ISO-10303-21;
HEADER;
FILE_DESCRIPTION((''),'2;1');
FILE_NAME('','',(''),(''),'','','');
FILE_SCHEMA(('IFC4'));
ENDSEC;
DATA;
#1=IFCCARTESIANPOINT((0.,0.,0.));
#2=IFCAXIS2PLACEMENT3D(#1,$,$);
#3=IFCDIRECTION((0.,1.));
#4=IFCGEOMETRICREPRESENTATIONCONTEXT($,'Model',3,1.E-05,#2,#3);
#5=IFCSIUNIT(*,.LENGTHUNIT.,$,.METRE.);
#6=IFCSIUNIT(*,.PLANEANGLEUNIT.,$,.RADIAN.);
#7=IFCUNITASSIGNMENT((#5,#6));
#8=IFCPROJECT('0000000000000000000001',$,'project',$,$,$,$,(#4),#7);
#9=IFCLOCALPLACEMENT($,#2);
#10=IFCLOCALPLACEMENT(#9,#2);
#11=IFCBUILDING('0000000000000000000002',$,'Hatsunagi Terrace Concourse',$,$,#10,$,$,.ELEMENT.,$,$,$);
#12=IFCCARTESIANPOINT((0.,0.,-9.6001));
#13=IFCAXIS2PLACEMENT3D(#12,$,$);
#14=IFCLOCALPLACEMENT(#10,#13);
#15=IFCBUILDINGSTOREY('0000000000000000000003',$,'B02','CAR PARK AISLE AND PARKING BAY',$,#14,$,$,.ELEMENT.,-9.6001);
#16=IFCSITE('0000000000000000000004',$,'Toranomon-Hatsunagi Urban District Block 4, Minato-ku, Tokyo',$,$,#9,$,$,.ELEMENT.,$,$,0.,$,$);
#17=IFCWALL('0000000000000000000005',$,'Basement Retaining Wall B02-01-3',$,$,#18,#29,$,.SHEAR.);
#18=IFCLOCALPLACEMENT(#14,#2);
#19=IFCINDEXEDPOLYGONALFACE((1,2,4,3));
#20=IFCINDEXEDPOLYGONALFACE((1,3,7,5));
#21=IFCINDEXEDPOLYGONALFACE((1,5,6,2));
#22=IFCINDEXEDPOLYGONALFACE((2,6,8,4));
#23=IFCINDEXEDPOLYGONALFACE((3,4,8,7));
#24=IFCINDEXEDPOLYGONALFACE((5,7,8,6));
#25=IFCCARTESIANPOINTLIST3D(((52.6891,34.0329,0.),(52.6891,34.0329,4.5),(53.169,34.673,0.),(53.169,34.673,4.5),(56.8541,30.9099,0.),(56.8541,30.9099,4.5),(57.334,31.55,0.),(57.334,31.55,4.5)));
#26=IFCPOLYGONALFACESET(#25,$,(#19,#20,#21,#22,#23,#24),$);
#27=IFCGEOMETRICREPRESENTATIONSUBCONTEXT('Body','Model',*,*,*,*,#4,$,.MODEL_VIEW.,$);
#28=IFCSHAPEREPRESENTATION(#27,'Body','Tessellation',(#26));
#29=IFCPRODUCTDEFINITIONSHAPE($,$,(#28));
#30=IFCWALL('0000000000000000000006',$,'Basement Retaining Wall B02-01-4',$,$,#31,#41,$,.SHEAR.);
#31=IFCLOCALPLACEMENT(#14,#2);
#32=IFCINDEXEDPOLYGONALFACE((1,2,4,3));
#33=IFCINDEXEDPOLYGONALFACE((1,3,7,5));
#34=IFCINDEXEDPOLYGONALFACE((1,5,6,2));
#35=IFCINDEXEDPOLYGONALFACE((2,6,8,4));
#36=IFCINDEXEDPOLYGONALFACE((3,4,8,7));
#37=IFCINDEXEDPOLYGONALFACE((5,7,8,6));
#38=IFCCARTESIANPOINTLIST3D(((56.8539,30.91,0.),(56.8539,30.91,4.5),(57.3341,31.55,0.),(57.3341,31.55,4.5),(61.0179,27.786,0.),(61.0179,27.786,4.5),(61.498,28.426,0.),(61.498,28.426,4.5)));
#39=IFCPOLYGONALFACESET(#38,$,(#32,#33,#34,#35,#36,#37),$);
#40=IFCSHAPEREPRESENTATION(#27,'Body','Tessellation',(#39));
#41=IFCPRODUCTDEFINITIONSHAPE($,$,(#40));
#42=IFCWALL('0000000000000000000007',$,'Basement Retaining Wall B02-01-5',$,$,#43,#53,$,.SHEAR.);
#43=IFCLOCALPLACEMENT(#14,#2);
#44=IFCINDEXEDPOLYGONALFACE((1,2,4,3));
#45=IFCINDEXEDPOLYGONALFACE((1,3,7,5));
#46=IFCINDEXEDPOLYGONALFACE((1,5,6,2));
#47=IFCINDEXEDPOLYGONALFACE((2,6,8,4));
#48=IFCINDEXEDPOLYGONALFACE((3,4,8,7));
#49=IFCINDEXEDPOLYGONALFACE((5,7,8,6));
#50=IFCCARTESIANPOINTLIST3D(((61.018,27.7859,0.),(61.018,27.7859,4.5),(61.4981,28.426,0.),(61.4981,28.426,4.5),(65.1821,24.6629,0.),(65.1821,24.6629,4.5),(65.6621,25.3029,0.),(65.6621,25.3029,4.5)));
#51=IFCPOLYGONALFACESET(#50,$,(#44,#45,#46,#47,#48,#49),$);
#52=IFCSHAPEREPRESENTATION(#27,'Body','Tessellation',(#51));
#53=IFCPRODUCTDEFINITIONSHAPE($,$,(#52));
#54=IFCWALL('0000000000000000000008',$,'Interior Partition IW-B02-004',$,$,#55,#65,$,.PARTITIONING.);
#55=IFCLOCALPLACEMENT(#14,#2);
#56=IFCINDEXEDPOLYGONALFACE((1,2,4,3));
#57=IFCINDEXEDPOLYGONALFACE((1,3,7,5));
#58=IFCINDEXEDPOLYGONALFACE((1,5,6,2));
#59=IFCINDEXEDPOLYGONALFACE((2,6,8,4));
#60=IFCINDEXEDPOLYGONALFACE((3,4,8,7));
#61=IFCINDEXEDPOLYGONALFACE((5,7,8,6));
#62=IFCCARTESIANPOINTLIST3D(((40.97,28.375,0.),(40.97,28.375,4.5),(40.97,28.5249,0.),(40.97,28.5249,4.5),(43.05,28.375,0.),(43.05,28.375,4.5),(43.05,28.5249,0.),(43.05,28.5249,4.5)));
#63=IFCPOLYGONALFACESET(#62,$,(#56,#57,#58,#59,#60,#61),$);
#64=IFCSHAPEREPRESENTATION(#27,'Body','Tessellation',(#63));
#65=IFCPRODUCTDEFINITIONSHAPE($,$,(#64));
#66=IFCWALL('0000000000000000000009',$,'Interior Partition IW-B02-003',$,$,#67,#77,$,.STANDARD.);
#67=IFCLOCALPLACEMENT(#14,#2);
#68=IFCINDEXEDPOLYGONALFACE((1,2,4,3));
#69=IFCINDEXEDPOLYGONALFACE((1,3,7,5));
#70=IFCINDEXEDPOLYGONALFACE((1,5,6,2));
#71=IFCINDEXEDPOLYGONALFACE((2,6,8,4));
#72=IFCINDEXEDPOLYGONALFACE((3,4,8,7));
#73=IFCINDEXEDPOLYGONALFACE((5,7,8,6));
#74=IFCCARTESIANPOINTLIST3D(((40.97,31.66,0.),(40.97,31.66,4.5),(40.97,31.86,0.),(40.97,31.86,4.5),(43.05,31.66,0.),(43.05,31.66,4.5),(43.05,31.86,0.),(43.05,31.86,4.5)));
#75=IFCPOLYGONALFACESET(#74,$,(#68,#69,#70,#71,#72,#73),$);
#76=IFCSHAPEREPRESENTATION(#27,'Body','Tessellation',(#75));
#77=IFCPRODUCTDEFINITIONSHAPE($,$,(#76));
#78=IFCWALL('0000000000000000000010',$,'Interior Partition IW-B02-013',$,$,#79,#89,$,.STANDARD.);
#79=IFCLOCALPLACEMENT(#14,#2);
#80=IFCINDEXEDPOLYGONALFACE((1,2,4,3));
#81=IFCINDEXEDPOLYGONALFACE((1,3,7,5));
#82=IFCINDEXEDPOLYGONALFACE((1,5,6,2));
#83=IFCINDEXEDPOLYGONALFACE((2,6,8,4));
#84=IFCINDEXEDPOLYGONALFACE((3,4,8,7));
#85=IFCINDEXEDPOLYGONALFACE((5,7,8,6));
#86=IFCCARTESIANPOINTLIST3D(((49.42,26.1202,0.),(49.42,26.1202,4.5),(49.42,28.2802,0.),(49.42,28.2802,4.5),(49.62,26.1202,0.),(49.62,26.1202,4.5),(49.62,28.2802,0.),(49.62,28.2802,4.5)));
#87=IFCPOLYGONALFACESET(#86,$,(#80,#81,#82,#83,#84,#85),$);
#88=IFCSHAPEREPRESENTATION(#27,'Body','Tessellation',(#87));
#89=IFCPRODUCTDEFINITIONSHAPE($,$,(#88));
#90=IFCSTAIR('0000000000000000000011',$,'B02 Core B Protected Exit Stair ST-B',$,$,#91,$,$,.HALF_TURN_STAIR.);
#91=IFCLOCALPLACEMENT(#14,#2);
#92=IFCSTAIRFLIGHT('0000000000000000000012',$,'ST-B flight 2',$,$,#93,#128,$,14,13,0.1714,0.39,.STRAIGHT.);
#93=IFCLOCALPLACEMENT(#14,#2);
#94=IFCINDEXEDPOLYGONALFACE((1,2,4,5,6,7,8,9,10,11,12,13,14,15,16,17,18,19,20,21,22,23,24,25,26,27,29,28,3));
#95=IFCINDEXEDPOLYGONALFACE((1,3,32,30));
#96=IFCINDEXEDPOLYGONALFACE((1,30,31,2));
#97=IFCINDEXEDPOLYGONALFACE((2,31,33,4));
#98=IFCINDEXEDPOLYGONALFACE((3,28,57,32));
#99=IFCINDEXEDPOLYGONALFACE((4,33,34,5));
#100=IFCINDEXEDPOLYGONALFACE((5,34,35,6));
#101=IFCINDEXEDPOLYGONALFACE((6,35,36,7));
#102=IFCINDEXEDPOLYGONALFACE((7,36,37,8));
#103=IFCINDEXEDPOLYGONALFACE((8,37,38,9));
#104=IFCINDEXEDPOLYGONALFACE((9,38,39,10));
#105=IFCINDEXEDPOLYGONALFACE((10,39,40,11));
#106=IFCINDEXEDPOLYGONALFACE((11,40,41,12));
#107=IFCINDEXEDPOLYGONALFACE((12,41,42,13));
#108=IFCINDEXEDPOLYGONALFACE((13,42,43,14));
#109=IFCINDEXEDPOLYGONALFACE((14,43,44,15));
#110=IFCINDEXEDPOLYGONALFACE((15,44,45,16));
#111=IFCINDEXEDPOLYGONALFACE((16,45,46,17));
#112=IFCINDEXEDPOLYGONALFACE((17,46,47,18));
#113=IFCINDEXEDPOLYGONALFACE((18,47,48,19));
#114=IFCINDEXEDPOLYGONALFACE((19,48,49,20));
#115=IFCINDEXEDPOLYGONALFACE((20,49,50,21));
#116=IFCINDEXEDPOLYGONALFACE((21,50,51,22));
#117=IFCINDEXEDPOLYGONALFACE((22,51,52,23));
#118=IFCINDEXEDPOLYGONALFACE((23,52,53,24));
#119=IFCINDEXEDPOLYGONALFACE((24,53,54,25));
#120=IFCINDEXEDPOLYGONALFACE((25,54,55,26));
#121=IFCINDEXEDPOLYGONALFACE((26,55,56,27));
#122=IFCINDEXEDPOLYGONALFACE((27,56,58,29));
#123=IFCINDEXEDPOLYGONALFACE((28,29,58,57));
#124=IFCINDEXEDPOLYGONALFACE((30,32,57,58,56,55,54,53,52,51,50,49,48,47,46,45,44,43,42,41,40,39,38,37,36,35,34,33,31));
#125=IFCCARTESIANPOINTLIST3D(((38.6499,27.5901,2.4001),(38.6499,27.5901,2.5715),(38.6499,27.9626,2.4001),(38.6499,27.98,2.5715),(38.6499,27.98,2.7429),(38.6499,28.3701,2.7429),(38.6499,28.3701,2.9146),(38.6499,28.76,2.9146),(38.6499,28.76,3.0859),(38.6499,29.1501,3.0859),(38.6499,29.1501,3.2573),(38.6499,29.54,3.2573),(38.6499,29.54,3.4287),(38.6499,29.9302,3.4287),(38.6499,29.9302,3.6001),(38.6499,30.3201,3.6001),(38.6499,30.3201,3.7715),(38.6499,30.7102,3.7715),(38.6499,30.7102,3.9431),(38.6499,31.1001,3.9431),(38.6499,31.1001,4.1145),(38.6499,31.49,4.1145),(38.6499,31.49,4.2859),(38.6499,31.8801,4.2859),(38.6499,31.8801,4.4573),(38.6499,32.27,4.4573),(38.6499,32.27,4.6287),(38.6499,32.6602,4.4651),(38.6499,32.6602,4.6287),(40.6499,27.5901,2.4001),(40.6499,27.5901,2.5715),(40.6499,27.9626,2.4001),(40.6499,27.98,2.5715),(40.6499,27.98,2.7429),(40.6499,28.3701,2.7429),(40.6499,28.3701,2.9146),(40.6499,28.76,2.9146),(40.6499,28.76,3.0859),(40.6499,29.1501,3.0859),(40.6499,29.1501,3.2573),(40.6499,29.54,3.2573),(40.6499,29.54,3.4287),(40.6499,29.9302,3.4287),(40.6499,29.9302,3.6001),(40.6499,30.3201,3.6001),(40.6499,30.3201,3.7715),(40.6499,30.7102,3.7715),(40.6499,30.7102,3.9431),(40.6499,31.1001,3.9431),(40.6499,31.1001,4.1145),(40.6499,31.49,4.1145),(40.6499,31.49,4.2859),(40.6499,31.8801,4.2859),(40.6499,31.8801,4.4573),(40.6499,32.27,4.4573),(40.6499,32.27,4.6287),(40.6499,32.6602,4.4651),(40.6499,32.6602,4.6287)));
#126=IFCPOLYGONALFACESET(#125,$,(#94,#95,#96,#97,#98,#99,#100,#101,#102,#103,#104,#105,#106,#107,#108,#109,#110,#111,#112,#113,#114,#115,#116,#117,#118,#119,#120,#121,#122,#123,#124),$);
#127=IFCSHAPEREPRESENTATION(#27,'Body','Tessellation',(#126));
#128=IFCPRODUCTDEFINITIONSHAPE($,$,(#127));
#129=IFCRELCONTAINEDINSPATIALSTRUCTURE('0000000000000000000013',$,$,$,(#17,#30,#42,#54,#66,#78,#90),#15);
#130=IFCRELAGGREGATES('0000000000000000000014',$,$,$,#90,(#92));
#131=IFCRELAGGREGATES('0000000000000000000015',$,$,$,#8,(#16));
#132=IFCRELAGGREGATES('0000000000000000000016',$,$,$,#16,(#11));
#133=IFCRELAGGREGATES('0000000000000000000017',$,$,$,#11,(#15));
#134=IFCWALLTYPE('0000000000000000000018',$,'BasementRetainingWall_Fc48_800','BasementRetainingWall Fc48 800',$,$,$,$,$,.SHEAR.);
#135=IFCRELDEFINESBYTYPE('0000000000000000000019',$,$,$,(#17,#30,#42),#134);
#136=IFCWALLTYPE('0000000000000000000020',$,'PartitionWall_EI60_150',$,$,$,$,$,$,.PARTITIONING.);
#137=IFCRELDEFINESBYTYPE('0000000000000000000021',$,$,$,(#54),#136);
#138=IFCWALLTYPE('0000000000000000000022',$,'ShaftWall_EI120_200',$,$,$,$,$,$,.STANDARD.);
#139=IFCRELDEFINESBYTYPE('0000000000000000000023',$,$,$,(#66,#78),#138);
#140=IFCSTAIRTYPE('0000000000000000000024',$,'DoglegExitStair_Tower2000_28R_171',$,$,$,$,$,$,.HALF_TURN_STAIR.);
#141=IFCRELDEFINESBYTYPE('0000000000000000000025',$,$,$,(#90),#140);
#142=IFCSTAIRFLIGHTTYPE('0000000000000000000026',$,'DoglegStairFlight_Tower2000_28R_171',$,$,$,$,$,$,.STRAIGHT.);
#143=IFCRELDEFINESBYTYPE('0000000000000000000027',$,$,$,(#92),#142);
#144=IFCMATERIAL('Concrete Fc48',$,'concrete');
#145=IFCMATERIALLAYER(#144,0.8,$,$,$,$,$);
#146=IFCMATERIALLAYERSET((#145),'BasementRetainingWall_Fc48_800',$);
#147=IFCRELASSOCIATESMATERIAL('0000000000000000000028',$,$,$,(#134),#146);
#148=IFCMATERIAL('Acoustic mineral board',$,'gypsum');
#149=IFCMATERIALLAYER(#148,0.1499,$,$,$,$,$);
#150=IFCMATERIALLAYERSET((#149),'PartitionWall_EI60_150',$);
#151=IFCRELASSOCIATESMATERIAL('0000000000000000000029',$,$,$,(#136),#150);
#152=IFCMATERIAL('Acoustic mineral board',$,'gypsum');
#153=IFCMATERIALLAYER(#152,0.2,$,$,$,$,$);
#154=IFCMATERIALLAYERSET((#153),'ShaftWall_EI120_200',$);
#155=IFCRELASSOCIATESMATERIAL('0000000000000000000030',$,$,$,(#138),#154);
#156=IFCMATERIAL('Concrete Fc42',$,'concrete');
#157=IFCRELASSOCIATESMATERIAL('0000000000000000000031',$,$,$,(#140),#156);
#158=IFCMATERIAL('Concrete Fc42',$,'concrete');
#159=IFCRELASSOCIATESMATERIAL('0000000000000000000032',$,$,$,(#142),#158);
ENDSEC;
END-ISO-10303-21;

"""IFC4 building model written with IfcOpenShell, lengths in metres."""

from ifc_helpers import new_model, si_unit, direction, frame, frame_2d, origin, place, context, subcontext, project, spatial, polyline, rectangle, outline, extrude, material, layer, layer_set, type_object, element, aggregate, save


model = new_model("IFC4")

# Units and contexts
model_context = context("Model", 3, precision=1e-05, world=origin(), true_north=direction((0.0, 1.0)))
body_context = subcontext(model_context, "Body", "Model", "MODEL_VIEW")
ifc_project = project(units=[si_unit("LENGTHUNIT", "METRE"), si_unit("PLANEANGLEUNIT", "RADIAN")], contexts=[model_context])

# Site, building, storey
site_placement = place(None, origin())
site = spatial("IfcSite", under=ifc_project, at=site_placement, Name="Toranomon-Hatsunagi Urban District Block 4, Minato-ku, Tokyo", CompositionType="ELEMENT", RefElevation=0.0)
building_placement = place(site_placement, origin())
building = spatial("IfcBuilding", under=site, at=building_placement, Name="Hatsunagi Terrace Concourse", CompositionType="ELEMENT")
storey_placement = place(building_placement, frame((0.0, 0.0, -9.6001)))
storey = spatial("IfcBuildingStorey", under=building, at=storey_placement, Name="B02", Description="CAR PARK AISLE AND PARKING BAY", CompositionType="ELEMENT", Elevation=-9.6001)

# Walls
ifc_material_1 = material(Name="Concrete Fc48", Category="concrete")
ifc_layer_1 = layer(ifc_material_1, 0.8)
ifc_layer_set_1 = layer_set([ifc_layer_1], Name="BasementRetainingWall_Fc48_800")
wall_type_1 = type_object("IfcWallType", Name="BasementRetainingWall_Fc48_800", Description="BasementRetainingWall Fc48 800", PredefinedType="SHEAR", material=ifc_layer_set_1)
wall_1_placement = place(storey_placement, frame((52.929, 34.353, 0.0), z_axis=(0.0, 0.0, 1.0), x_axis=(0.800068, -0.59991, 0.0)))
element("IfcWall", 1, at=wall_1_placement, inside=storey, type_object=wall_type_1, Name="Basement Retaining Wall B02-01-3", PredefinedType="SHEAR", context=body_context, shape_type="SweptSolid", body=[
    extrude(rectangle(XDim=5.2058, YDim=0.8, at=frame_2d((2.603, 0.0))), origin(), (0.0, 0.0, 1.0), 4.5),
])
wall_2_placement = place(storey_placement, frame((57.094, 31.23, 0.0), z_axis=(0.0, 0.0, 1.0), x_axis=(0.79991, -0.60012, 0.0)))
element("IfcWall", 2, at=wall_2_placement, inside=storey, type_object=wall_type_1, Name="Basement Retaining Wall B02-01-4", PredefinedType="SHEAR", context=body_context, shape_type="SweptSolid", body=[
    extrude(rectangle(XDim=5.2056, YDim=0.8, at=frame_2d((2.6028, 0.0))), origin(), (0.0, 0.0, 1.0), 4.5),
])
wall_3_placement = place(storey_placement, frame((61.2581, 28.106, 0.0), z_axis=(0.0, 0.0, 1.0), x_axis=(0.8, -0.6, 0.0)))
element("IfcWall", 3, at=wall_3_placement, inside=storey, type_object=wall_type_1, Name="Basement Retaining Wall B02-01-5", PredefinedType="SHEAR", context=body_context, shape_type="SweptSolid", body=[
    extrude(rectangle(XDim=5.2051, YDim=0.8, at=frame_2d((2.6025, 0.0))), origin(), (0.0, 0.0, 1.0), 4.5),
])
ifc_material_2 = material(Name="Acoustic mineral board", Category="gypsum")
ifc_layer_2 = layer(ifc_material_2, 0.1499)
ifc_layer_set_2 = layer_set([ifc_layer_2], Name="PartitionWall_EI60_150")
wall_type_2 = type_object("IfcWallType", Name="PartitionWall_EI60_150", PredefinedType="PARTITIONING", material=ifc_layer_set_2)
wall_4_placement = place(storey_placement, frame((40.97, 28.45, 0.0), z_axis=(0.0, 0.0, 1.0), x_axis=(1.0, 0.0, 0.0)))
element("IfcWall", 4, at=wall_4_placement, inside=storey, type_object=wall_type_2, Name="Interior Partition IW-B02-004", PredefinedType="PARTITIONING", context=body_context, shape_type="SweptSolid", body=[
    extrude(rectangle(XDim=2.0801, YDim=0.1499, at=frame_2d((1.04, 0.0))), origin(), (0.0, 0.0, 1.0), 4.5),
])
ifc_material_3 = material(Name="Acoustic mineral board", Category="gypsum")
ifc_layer_3 = layer(ifc_material_3, 0.2)
ifc_layer_set_3 = layer_set([ifc_layer_3], Name="ShaftWall_EI120_200")
wall_type_3 = type_object("IfcWallType", Name="ShaftWall_EI120_200", PredefinedType="STANDARD", material=ifc_layer_set_3)
wall_5_placement = place(storey_placement, frame((40.97, 31.76, 0.0), z_axis=(0.0, 0.0, 1.0), x_axis=(1.0, 0.0, 0.0)))
element("IfcWall", 5, at=wall_5_placement, inside=storey, type_object=wall_type_3, Name="Interior Partition IW-B02-003", PredefinedType="STANDARD", context=body_context, shape_type="SweptSolid", body=[
    extrude(rectangle(XDim=2.0801, YDim=0.2, at=frame_2d((1.04, 0.0))), origin(), (0.0, 0.0, 1.0), 4.5),
])
wall_6_placement = place(storey_placement, frame((49.52, 26.1201, 0.0), z_axis=(0.0, 0.0, 1.0), x_axis=(0.0, 1.0, 0.0)))
element("IfcWall", 6, at=wall_6_placement, inside=storey, type_object=wall_type_3, Name="Interior Partition IW-B02-013", PredefinedType="STANDARD", context=body_context, shape_type="SweptSolid", body=[
    extrude(rectangle(XDim=2.1599, YDim=0.2, at=frame_2d((1.0801, 0.0))), origin(), (0.0, 0.0, 1.0), 4.5),
])

# Stair, stair flight
ifc_material_4 = material(Name="Concrete Fc42", Category="concrete")
stair_type = type_object("IfcStairType", Name="DoglegExitStair_Tower2000_28R_171", PredefinedType="HALF_TURN_STAIR", material=ifc_material_4)
stair_placement = place(storey_placement, origin())
stair = element("IfcStair", 7, at=stair_placement, inside=storey, type_object=stair_type, Name="B02 Core B Protected Exit Stair ST-B", PredefinedType="HALF_TURN_STAIR")
ifc_material_5 = material(Name="Concrete Fc42", Category="concrete")
stair_flight_type = type_object("IfcStairFlightType", Name="DoglegStairFlight_Tower2000_28R_171", PredefinedType="STRAIGHT", material=ifc_material_5)
stair_flight_placement = place(storey_placement, frame((39.6499, 27.5901, 2.4001), z_axis=(0.0, 0.0, 1.0), x_axis=(0.0, 1.0, 0.0)))
stair_flight = element("IfcStairFlight", 8, at=stair_flight_placement, type_object=stair_flight_type, Name="ST-B flight 2", NumberOfRisers=14, NumberOfTreads=13, PredefinedType="STRAIGHT", RiserHeight=0.1714, TreadLength=0.39, context=body_context, shape_type="SweptSolid", body=[
    extrude(outline(polyline([(0.0, 0.0), (0.0, 0.1714), (0.3899, 0.1714), (0.3899, 0.3428), (0.78, 0.3428), (0.78, 0.5144), (1.1699, 0.5144), (1.1699, 0.6858), (1.5601, 0.6858), (1.5601, 0.8572), (1.95, 0.8572), (1.95, 1.0286), (2.3401, 1.0286), (2.3401, 1.2), (2.73, 1.2), (2.73, 1.3713), (3.1201, 1.3713), (3.1201, 1.543), (3.51, 1.543), (3.51, 1.7144), (3.8999, 1.7144), (3.8999, 1.8857), (4.29, 1.8857), (4.29, 2.0571), (4.6799, 2.0571), (4.6799, 2.2285), (5.0701, 2.2285), (5.0701, 2.3999), (5.0701, 2.0649), (0.3726, 0.0), (0.0, 0.0)])), frame((0.0, 1.0, 0.0), z_axis=(0.0, -1.0, 0.0), x_axis=(1.0, 0.0, 0.0)), (0.0, 0.0, 1.0), 2.0),
])
aggregate(stair, [stair_flight])

save(model, "model.ifc")
